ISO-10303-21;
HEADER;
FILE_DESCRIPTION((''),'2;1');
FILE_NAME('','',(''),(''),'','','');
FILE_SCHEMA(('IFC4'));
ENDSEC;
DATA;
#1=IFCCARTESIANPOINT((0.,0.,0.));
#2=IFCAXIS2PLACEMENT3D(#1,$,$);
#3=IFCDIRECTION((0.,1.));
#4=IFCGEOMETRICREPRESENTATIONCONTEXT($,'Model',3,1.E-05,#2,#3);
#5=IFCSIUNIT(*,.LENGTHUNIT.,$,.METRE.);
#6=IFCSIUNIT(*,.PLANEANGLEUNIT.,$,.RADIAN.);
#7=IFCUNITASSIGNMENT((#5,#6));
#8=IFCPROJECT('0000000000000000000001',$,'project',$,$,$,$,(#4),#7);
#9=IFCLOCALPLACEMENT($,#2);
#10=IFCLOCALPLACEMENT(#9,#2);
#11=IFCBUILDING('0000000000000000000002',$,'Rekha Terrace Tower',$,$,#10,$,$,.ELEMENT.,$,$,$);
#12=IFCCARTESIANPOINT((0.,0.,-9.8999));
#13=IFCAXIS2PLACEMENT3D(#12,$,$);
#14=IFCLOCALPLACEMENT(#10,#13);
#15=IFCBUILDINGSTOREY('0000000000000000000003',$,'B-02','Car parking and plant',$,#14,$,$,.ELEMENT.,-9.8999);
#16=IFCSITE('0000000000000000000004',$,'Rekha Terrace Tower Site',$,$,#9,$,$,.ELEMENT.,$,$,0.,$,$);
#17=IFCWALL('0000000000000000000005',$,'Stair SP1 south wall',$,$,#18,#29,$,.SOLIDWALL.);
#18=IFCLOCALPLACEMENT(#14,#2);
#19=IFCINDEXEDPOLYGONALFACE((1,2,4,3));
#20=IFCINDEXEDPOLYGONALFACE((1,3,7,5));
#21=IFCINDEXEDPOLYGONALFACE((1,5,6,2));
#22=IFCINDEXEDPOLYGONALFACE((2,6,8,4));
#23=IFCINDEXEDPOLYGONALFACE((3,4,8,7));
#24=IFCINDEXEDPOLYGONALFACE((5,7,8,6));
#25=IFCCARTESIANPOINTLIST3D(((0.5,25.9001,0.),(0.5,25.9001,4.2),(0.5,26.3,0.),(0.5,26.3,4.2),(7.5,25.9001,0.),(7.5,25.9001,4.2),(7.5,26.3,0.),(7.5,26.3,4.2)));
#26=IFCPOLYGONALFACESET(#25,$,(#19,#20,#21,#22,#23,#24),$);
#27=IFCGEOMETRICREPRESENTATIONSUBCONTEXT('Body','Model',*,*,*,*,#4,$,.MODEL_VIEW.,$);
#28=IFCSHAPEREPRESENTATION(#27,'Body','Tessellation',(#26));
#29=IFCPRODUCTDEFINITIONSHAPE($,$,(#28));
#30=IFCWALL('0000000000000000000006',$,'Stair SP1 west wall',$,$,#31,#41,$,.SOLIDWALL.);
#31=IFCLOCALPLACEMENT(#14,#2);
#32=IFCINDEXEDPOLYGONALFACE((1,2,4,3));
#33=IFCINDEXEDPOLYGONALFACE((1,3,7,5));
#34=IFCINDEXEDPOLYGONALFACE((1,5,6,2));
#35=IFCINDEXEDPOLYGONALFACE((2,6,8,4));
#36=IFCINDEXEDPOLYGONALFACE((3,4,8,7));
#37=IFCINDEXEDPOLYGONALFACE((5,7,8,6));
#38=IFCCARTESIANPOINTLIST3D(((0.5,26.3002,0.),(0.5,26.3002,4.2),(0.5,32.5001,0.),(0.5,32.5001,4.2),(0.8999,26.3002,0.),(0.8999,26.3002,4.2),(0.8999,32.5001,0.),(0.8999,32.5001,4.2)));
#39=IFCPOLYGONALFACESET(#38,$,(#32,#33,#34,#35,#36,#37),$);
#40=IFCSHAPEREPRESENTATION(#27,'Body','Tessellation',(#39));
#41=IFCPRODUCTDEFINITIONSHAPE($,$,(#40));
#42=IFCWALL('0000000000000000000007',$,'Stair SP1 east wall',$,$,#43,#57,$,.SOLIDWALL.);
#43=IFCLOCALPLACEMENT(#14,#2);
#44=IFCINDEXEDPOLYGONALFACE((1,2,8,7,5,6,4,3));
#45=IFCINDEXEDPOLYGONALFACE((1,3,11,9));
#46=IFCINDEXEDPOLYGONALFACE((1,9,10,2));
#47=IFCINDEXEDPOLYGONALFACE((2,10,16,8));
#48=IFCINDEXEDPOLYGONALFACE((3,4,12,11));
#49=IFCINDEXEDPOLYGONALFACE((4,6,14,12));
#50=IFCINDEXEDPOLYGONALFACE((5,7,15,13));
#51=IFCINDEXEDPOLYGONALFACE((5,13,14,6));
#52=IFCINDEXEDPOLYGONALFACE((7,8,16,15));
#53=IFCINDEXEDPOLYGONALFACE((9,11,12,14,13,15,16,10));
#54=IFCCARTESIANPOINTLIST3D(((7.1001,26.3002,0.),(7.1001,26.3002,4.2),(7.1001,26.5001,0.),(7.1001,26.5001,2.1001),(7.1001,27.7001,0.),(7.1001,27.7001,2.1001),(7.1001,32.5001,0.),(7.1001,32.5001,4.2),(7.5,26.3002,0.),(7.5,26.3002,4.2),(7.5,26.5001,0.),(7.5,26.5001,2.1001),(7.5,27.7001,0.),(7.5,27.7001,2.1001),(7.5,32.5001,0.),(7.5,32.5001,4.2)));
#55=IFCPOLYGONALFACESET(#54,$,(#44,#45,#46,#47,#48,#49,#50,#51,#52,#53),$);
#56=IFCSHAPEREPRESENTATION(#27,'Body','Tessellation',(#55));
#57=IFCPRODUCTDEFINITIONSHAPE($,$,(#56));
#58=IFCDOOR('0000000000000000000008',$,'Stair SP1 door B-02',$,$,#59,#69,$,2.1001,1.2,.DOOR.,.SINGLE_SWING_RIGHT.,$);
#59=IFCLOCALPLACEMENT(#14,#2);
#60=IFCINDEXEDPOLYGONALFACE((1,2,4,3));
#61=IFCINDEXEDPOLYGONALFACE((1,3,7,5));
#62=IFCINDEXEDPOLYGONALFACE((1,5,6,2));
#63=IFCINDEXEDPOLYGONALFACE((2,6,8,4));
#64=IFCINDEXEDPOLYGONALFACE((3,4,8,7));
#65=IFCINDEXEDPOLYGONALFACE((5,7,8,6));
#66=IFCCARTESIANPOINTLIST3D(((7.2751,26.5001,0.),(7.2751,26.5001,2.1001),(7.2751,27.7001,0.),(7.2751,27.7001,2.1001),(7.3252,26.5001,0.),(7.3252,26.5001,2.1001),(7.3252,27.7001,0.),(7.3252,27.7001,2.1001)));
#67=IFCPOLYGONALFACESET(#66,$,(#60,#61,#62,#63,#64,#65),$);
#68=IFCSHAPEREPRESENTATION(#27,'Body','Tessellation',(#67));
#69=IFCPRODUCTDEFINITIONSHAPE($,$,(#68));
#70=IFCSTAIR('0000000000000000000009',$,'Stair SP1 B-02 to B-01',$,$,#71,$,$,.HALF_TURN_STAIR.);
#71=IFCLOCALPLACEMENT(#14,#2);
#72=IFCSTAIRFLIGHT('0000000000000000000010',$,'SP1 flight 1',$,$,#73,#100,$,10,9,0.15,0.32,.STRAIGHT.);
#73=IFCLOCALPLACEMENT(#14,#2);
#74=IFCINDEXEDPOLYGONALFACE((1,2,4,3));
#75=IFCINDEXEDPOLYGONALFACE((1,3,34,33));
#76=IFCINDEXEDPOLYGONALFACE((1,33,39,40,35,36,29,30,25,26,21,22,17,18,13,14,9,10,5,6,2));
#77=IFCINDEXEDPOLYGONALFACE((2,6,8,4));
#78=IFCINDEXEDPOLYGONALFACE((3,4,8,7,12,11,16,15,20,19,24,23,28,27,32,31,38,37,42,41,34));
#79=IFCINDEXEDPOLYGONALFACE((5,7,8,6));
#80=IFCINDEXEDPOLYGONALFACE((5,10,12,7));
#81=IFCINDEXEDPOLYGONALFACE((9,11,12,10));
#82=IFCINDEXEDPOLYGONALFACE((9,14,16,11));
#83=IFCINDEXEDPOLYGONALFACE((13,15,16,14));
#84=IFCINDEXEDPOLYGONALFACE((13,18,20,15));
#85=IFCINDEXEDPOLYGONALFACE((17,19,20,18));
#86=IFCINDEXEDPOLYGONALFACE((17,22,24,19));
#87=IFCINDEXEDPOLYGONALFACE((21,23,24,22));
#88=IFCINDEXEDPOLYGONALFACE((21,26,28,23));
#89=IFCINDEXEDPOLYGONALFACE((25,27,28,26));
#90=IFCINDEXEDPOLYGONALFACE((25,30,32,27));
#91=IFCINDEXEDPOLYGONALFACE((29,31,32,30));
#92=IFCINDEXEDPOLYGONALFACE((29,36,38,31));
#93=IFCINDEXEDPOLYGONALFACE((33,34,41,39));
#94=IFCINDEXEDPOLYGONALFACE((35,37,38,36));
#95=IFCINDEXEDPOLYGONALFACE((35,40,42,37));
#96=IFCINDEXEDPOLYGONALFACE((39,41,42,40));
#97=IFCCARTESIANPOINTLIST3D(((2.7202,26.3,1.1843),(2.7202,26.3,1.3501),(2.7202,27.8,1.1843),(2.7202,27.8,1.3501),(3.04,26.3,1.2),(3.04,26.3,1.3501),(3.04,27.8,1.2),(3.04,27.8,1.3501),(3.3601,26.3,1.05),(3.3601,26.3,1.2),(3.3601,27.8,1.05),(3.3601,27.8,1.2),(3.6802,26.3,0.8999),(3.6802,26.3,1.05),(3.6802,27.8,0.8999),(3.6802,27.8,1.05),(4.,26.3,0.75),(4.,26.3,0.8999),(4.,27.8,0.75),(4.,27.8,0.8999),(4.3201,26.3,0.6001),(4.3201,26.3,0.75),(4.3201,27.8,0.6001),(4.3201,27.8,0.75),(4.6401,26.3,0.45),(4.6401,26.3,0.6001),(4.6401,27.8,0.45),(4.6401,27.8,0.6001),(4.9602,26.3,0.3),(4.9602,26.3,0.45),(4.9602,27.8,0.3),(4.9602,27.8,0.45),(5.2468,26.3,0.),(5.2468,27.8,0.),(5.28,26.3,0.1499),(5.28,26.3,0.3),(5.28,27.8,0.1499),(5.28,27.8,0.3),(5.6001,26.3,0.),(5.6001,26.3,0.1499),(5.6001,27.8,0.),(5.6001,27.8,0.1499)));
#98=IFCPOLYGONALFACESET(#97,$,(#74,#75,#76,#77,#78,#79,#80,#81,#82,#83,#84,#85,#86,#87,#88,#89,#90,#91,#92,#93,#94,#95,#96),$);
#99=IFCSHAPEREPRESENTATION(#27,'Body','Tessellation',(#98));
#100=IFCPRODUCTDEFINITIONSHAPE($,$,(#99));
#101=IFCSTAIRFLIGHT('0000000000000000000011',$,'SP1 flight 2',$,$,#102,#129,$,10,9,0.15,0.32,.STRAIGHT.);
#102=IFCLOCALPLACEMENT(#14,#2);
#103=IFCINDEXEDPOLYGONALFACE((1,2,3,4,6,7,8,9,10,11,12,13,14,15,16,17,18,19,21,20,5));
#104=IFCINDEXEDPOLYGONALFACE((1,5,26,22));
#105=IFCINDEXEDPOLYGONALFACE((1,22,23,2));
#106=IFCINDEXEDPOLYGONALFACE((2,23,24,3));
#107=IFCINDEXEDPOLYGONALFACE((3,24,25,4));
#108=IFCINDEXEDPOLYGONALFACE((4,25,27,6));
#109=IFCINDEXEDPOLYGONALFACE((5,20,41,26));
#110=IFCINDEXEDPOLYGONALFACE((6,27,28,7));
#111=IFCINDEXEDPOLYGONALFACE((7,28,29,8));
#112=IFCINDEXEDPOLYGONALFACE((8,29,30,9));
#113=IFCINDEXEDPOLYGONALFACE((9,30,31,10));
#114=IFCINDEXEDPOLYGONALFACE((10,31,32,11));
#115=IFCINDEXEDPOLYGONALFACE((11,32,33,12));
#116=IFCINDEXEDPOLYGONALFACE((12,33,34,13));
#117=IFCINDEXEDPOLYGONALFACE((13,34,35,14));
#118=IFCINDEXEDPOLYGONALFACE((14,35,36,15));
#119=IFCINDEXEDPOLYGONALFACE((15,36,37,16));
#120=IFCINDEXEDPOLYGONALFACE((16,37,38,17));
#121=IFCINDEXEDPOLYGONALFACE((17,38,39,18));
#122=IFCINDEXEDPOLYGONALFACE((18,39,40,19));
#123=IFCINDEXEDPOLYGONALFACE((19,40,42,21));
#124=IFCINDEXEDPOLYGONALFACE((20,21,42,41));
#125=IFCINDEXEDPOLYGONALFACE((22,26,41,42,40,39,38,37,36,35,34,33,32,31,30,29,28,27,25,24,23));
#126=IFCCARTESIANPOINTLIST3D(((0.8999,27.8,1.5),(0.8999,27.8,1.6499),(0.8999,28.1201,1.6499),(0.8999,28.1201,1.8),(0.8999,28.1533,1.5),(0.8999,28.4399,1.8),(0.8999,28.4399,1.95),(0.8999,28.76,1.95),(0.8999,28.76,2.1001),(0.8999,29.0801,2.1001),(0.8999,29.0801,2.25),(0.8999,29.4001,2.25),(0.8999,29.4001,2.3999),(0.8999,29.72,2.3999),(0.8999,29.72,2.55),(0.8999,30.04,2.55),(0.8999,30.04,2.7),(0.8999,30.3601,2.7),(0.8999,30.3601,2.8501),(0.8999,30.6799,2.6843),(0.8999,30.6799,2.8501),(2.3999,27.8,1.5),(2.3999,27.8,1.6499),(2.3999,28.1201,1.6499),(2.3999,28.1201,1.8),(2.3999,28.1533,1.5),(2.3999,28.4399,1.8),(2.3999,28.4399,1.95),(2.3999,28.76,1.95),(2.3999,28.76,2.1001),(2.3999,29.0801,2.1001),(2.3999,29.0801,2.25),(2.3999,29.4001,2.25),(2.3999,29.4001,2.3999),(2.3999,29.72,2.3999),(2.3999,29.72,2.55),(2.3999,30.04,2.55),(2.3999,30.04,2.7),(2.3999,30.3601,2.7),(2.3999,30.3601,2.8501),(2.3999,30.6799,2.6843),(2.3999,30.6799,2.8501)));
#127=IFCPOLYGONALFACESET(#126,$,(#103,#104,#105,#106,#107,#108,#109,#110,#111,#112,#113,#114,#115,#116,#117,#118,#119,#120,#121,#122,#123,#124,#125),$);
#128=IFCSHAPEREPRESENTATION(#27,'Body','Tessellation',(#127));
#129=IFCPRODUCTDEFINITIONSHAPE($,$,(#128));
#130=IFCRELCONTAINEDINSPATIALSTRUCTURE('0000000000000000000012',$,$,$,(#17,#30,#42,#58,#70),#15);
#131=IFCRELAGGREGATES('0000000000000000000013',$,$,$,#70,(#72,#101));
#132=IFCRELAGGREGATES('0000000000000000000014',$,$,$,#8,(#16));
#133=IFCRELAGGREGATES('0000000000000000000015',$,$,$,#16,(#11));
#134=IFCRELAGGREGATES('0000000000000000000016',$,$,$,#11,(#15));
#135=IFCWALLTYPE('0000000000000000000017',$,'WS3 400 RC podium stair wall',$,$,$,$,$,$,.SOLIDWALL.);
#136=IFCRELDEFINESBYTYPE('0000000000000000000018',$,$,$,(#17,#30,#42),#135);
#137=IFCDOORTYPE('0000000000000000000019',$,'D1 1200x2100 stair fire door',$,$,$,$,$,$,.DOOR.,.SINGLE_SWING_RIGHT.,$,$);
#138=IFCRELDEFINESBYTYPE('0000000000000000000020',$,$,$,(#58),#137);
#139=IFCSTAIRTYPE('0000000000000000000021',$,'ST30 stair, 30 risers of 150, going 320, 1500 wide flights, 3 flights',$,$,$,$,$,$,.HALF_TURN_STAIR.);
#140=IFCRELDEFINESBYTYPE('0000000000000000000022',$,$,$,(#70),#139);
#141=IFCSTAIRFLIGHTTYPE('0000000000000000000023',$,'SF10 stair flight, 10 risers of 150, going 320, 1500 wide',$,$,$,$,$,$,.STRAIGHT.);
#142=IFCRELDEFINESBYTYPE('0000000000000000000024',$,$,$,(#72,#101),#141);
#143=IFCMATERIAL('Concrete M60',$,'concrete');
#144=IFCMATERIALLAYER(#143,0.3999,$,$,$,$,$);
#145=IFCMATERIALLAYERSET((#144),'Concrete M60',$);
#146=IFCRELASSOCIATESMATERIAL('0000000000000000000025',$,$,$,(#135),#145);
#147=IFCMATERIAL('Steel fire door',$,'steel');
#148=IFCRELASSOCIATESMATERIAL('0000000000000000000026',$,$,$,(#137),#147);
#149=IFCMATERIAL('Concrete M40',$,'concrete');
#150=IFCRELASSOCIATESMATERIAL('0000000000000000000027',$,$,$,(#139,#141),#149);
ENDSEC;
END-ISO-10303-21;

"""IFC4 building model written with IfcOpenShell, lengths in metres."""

from ifc_helpers import new_model, si_unit, direction, frame, frame_2d, origin, place, context, subcontext, project, spatial, polyline, rectangle, outline, extrude, material, layer, layer_set, type_object, element, fill, aggregate, save


model = new_model("IFC4")

# Units and contexts
model_context = context("Model", 3, precision=1e-05, world=origin(), true_north=direction((0.0, 1.0)))
body_context = subcontext(model_context, "Body", "Model", "MODEL_VIEW")
ifc_project = project(units=[si_unit("LENGTHUNIT", "METRE"), si_unit("PLANEANGLEUNIT", "RADIAN")], contexts=[model_context])

# Site, building, storey
site_placement = place(None, origin())
site = spatial("IfcSite", under=ifc_project, at=site_placement, Name="Rekha Terrace Tower Site", CompositionType="ELEMENT", RefElevation=0.0)
building_placement = place(site_placement, origin())
building = spatial("IfcBuilding", under=site, at=building_placement, Name="Rekha Terrace Tower", CompositionType="ELEMENT")
storey_placement = place(building_placement, frame((0.0, 0.0, -9.8999)))
storey = spatial("IfcBuildingStorey", under=building, at=storey_placement, Name="B-02", Description="Car parking and plant", CompositionType="ELEMENT", Elevation=-9.8999)

# Shared definitions
ifc_material_1 = material(Name="Concrete M60", Category="concrete")

# Walls
ifc_material_2 = material(Name="Concrete M40", Category="concrete")
ifc_layer_1 = layer(ifc_material_1, 0.3999)
ifc_layer_set_1 = layer_set([ifc_layer_1], Name="Concrete M60")
wall_type_1 = type_object("IfcWallType", Name="WS3 400 RC podium stair wall", PredefinedType="SOLIDWALL", material=ifc_layer_set_1)
wall_1_placement = place(storey_placement, frame((0.5, 26.1001, 0.0), z_axis=(0.0, 0.0, 1.0), x_axis=(1.0, 0.0, 0.0)))
element("IfcWall", 1, at=wall_1_placement, inside=storey, type_object=wall_type_1, Name="Stair SP1 south wall", PredefinedType="SOLIDWALL", context=body_context, shape_type="SweptSolid", body=[
    extrude(rectangle(XDim=7.0, YDim=0.3999, at=frame_2d((3.5, 0.0))), origin(), (0.0, 0.0, 1.0), 4.2),
])
wall_2_placement = place(storey_placement, frame((0.7, 26.3, 0.0), z_axis=(0.0, 0.0, 1.0), x_axis=(0.0, 1.0, 0.0)))
element("IfcWall", 2, at=wall_2_placement, inside=storey, type_object=wall_type_1, Name="Stair SP1 west wall", PredefinedType="SOLIDWALL", context=body_context, shape_type="SweptSolid", body=[
    extrude(rectangle(XDim=6.2, YDim=0.3999, at=frame_2d((3.1001, 0.0))), origin(), (0.0, 0.0, 1.0), 4.2),
])

# Wall, opening, door
wall_3_placement = place(storey_placement, frame((7.3, 26.3, 0.0), z_axis=(0.0, 0.0, 1.0), x_axis=(0.0, 1.0, 0.0)))
wall_3 = element("IfcWall", 3, at=wall_3_placement, inside=storey, type_object=wall_type_1, Name="Stair SP1 east wall", PredefinedType="SOLIDWALL", context=body_context, shape_type="SweptSolid", body=[
    extrude(rectangle(XDim=6.2, YDim=0.3999, at=frame_2d((3.1001, 0.0))), origin(), (0.0, 0.0, 1.0), 4.2),
])
opening_placement = place(wall_3_placement, frame((0.2, 0.0, 0.0)))
opening = element("IfcOpeningElement", 4, at=opening_placement, cuts=wall_3, PredefinedType="OPENING", context=body_context, shape_type="SweptSolid", body=[
    extrude(rectangle(XDim=1.2, YDim=2.1001, at=frame_2d((0.6001, 1.05))), frame((0.0, 0.21, 0.0), z_axis=(0.0, -1.0, 0.0), x_axis=(1.0, 0.0, 0.0)), (0.0, 0.0, 1.0), 0.4199),
])
ifc_material_3 = material(Name="Steel fire door", Category="steel")
door_type = type_object("IfcDoorType", Name="D1 1200x2100 stair fire door", OperationType="SINGLE_SWING_RIGHT", PredefinedType="DOOR", material=ifc_material_3)
door_placement = place(opening_placement, origin())
door = element("IfcDoor", 5, at=door_placement, inside=storey, type_object=door_type, Name="Stair SP1 door B-02", OperationType="SINGLE_SWING_RIGHT", OverallHeight=2.1001, OverallWidth=1.2, PredefinedType="DOOR", context=body_context, shape_type="SweptSolid", body=[
    extrude(rectangle(XDim=1.2, YDim=2.1001, at=frame_2d((0.6001, 1.05))), frame((0.0, 0.0249, 0.0), z_axis=(0.0, -1.0, 0.0), x_axis=(1.0, 0.0, 0.0)), (0.0, 0.0, 1.0), 0.05),
])
fill(opening, door)

# Stair, stair flights
stair_type = type_object("IfcStairType", Name="ST30 stair, 30 risers of 150, going 320, 1500 wide flights, 3 flights", PredefinedType="HALF_TURN_STAIR", material=ifc_material_2)
stair_placement = place(storey_placement, origin())
stair = element("IfcStair", 6, at=stair_placement, inside=storey, type_object=stair_type, Name="Stair SP1 B-02 to B-01", PredefinedType="HALF_TURN_STAIR")
stair_flight_type = type_object("IfcStairFlightType", Name="SF10 stair flight, 10 risers of 150, going 320, 1500 wide", PredefinedType="STRAIGHT", material=ifc_material_2)
stair_flight_1_placement = place(storey_placement, frame((5.6001, 27.05, 0.0), z_axis=(0.0, 0.0, 1.0), x_axis=(-1.0, 0.0, 0.0)))
stair_flight_1 = element("IfcStairFlight", 7, at=stair_flight_1_placement, type_object=stair_flight_type, Name="SP1 flight 1", NumberOfRisers=10, NumberOfTreads=9, PredefinedType="STRAIGHT", RiserHeight=0.15, TreadLength=0.32, context=body_context, shape_type="SweptSolid", body=[
    extrude(outline(polyline([(0.0, 0.0), (0.0, 0.1499), (0.3201, 0.1499), (0.3201, 0.3), (0.6399, 0.3), (0.6399, 0.45), (0.96, 0.45), (0.96, 0.6001), (1.28, 0.6001), (1.28, 0.75), (1.6001, 0.75), (1.6001, 0.8999), (1.9199, 0.8999), (1.9199, 1.05), (2.24, 1.05), (2.24, 1.2), (2.5601, 1.2), (2.5601, 1.3501), (2.8799, 1.3501), (2.8799, 1.5), (2.8799, 1.1843), (0.3533, 0.0), (0.0, 0.0)])), frame((0.0, 0.75, 0.0), z_axis=(0.0, -1.0, 0.0), x_axis=(1.0, 0.0, 0.0)), (0.0, 0.0, 1.0), 1.5),
])
stair_flight_2_placement = place(storey_placement, frame((1.6499, 27.8, 1.5), z_axis=(0.0, 0.0, 1.0), x_axis=(0.0, 1.0, 0.0)))
stair_flight_2 = element("IfcStairFlight", 8, at=stair_flight_2_placement, type_object=stair_flight_type, Name="SP1 flight 2", NumberOfRisers=10, NumberOfTreads=9, PredefinedType="STRAIGHT", RiserHeight=0.15, TreadLength=0.32, context=body_context, shape_type="SweptSolid", body=[
    extrude(outline(polyline([(0.0, 0.0), (0.0, 0.1499), (0.3201, 0.1499), (0.3201, 0.3), (0.6399, 0.3), (0.6399, 0.45), (0.96, 0.45), (0.96, 0.6001), (1.28, 0.6001), (1.28, 0.75), (1.6001, 0.75), (1.6001, 0.8999), (1.9199, 0.8999), (1.9199, 1.05), (2.24, 1.05), (2.24, 1.2), (2.5601, 1.2), (2.5601, 1.3501), (2.8799, 1.3501), (2.8799, 1.5), (2.8799, 1.1843), (0.3533, 0.0), (0.0, 0.0)])), frame((0.0, 0.75, 0.0), z_axis=(0.0, -1.0, 0.0), x_axis=(1.0, 0.0, 0.0)), (0.0, 0.0, 1.0), 1.5),
])
aggregate(stair, [stair_flight_1, stair_flight_2])

save(model, "model.ifc")
